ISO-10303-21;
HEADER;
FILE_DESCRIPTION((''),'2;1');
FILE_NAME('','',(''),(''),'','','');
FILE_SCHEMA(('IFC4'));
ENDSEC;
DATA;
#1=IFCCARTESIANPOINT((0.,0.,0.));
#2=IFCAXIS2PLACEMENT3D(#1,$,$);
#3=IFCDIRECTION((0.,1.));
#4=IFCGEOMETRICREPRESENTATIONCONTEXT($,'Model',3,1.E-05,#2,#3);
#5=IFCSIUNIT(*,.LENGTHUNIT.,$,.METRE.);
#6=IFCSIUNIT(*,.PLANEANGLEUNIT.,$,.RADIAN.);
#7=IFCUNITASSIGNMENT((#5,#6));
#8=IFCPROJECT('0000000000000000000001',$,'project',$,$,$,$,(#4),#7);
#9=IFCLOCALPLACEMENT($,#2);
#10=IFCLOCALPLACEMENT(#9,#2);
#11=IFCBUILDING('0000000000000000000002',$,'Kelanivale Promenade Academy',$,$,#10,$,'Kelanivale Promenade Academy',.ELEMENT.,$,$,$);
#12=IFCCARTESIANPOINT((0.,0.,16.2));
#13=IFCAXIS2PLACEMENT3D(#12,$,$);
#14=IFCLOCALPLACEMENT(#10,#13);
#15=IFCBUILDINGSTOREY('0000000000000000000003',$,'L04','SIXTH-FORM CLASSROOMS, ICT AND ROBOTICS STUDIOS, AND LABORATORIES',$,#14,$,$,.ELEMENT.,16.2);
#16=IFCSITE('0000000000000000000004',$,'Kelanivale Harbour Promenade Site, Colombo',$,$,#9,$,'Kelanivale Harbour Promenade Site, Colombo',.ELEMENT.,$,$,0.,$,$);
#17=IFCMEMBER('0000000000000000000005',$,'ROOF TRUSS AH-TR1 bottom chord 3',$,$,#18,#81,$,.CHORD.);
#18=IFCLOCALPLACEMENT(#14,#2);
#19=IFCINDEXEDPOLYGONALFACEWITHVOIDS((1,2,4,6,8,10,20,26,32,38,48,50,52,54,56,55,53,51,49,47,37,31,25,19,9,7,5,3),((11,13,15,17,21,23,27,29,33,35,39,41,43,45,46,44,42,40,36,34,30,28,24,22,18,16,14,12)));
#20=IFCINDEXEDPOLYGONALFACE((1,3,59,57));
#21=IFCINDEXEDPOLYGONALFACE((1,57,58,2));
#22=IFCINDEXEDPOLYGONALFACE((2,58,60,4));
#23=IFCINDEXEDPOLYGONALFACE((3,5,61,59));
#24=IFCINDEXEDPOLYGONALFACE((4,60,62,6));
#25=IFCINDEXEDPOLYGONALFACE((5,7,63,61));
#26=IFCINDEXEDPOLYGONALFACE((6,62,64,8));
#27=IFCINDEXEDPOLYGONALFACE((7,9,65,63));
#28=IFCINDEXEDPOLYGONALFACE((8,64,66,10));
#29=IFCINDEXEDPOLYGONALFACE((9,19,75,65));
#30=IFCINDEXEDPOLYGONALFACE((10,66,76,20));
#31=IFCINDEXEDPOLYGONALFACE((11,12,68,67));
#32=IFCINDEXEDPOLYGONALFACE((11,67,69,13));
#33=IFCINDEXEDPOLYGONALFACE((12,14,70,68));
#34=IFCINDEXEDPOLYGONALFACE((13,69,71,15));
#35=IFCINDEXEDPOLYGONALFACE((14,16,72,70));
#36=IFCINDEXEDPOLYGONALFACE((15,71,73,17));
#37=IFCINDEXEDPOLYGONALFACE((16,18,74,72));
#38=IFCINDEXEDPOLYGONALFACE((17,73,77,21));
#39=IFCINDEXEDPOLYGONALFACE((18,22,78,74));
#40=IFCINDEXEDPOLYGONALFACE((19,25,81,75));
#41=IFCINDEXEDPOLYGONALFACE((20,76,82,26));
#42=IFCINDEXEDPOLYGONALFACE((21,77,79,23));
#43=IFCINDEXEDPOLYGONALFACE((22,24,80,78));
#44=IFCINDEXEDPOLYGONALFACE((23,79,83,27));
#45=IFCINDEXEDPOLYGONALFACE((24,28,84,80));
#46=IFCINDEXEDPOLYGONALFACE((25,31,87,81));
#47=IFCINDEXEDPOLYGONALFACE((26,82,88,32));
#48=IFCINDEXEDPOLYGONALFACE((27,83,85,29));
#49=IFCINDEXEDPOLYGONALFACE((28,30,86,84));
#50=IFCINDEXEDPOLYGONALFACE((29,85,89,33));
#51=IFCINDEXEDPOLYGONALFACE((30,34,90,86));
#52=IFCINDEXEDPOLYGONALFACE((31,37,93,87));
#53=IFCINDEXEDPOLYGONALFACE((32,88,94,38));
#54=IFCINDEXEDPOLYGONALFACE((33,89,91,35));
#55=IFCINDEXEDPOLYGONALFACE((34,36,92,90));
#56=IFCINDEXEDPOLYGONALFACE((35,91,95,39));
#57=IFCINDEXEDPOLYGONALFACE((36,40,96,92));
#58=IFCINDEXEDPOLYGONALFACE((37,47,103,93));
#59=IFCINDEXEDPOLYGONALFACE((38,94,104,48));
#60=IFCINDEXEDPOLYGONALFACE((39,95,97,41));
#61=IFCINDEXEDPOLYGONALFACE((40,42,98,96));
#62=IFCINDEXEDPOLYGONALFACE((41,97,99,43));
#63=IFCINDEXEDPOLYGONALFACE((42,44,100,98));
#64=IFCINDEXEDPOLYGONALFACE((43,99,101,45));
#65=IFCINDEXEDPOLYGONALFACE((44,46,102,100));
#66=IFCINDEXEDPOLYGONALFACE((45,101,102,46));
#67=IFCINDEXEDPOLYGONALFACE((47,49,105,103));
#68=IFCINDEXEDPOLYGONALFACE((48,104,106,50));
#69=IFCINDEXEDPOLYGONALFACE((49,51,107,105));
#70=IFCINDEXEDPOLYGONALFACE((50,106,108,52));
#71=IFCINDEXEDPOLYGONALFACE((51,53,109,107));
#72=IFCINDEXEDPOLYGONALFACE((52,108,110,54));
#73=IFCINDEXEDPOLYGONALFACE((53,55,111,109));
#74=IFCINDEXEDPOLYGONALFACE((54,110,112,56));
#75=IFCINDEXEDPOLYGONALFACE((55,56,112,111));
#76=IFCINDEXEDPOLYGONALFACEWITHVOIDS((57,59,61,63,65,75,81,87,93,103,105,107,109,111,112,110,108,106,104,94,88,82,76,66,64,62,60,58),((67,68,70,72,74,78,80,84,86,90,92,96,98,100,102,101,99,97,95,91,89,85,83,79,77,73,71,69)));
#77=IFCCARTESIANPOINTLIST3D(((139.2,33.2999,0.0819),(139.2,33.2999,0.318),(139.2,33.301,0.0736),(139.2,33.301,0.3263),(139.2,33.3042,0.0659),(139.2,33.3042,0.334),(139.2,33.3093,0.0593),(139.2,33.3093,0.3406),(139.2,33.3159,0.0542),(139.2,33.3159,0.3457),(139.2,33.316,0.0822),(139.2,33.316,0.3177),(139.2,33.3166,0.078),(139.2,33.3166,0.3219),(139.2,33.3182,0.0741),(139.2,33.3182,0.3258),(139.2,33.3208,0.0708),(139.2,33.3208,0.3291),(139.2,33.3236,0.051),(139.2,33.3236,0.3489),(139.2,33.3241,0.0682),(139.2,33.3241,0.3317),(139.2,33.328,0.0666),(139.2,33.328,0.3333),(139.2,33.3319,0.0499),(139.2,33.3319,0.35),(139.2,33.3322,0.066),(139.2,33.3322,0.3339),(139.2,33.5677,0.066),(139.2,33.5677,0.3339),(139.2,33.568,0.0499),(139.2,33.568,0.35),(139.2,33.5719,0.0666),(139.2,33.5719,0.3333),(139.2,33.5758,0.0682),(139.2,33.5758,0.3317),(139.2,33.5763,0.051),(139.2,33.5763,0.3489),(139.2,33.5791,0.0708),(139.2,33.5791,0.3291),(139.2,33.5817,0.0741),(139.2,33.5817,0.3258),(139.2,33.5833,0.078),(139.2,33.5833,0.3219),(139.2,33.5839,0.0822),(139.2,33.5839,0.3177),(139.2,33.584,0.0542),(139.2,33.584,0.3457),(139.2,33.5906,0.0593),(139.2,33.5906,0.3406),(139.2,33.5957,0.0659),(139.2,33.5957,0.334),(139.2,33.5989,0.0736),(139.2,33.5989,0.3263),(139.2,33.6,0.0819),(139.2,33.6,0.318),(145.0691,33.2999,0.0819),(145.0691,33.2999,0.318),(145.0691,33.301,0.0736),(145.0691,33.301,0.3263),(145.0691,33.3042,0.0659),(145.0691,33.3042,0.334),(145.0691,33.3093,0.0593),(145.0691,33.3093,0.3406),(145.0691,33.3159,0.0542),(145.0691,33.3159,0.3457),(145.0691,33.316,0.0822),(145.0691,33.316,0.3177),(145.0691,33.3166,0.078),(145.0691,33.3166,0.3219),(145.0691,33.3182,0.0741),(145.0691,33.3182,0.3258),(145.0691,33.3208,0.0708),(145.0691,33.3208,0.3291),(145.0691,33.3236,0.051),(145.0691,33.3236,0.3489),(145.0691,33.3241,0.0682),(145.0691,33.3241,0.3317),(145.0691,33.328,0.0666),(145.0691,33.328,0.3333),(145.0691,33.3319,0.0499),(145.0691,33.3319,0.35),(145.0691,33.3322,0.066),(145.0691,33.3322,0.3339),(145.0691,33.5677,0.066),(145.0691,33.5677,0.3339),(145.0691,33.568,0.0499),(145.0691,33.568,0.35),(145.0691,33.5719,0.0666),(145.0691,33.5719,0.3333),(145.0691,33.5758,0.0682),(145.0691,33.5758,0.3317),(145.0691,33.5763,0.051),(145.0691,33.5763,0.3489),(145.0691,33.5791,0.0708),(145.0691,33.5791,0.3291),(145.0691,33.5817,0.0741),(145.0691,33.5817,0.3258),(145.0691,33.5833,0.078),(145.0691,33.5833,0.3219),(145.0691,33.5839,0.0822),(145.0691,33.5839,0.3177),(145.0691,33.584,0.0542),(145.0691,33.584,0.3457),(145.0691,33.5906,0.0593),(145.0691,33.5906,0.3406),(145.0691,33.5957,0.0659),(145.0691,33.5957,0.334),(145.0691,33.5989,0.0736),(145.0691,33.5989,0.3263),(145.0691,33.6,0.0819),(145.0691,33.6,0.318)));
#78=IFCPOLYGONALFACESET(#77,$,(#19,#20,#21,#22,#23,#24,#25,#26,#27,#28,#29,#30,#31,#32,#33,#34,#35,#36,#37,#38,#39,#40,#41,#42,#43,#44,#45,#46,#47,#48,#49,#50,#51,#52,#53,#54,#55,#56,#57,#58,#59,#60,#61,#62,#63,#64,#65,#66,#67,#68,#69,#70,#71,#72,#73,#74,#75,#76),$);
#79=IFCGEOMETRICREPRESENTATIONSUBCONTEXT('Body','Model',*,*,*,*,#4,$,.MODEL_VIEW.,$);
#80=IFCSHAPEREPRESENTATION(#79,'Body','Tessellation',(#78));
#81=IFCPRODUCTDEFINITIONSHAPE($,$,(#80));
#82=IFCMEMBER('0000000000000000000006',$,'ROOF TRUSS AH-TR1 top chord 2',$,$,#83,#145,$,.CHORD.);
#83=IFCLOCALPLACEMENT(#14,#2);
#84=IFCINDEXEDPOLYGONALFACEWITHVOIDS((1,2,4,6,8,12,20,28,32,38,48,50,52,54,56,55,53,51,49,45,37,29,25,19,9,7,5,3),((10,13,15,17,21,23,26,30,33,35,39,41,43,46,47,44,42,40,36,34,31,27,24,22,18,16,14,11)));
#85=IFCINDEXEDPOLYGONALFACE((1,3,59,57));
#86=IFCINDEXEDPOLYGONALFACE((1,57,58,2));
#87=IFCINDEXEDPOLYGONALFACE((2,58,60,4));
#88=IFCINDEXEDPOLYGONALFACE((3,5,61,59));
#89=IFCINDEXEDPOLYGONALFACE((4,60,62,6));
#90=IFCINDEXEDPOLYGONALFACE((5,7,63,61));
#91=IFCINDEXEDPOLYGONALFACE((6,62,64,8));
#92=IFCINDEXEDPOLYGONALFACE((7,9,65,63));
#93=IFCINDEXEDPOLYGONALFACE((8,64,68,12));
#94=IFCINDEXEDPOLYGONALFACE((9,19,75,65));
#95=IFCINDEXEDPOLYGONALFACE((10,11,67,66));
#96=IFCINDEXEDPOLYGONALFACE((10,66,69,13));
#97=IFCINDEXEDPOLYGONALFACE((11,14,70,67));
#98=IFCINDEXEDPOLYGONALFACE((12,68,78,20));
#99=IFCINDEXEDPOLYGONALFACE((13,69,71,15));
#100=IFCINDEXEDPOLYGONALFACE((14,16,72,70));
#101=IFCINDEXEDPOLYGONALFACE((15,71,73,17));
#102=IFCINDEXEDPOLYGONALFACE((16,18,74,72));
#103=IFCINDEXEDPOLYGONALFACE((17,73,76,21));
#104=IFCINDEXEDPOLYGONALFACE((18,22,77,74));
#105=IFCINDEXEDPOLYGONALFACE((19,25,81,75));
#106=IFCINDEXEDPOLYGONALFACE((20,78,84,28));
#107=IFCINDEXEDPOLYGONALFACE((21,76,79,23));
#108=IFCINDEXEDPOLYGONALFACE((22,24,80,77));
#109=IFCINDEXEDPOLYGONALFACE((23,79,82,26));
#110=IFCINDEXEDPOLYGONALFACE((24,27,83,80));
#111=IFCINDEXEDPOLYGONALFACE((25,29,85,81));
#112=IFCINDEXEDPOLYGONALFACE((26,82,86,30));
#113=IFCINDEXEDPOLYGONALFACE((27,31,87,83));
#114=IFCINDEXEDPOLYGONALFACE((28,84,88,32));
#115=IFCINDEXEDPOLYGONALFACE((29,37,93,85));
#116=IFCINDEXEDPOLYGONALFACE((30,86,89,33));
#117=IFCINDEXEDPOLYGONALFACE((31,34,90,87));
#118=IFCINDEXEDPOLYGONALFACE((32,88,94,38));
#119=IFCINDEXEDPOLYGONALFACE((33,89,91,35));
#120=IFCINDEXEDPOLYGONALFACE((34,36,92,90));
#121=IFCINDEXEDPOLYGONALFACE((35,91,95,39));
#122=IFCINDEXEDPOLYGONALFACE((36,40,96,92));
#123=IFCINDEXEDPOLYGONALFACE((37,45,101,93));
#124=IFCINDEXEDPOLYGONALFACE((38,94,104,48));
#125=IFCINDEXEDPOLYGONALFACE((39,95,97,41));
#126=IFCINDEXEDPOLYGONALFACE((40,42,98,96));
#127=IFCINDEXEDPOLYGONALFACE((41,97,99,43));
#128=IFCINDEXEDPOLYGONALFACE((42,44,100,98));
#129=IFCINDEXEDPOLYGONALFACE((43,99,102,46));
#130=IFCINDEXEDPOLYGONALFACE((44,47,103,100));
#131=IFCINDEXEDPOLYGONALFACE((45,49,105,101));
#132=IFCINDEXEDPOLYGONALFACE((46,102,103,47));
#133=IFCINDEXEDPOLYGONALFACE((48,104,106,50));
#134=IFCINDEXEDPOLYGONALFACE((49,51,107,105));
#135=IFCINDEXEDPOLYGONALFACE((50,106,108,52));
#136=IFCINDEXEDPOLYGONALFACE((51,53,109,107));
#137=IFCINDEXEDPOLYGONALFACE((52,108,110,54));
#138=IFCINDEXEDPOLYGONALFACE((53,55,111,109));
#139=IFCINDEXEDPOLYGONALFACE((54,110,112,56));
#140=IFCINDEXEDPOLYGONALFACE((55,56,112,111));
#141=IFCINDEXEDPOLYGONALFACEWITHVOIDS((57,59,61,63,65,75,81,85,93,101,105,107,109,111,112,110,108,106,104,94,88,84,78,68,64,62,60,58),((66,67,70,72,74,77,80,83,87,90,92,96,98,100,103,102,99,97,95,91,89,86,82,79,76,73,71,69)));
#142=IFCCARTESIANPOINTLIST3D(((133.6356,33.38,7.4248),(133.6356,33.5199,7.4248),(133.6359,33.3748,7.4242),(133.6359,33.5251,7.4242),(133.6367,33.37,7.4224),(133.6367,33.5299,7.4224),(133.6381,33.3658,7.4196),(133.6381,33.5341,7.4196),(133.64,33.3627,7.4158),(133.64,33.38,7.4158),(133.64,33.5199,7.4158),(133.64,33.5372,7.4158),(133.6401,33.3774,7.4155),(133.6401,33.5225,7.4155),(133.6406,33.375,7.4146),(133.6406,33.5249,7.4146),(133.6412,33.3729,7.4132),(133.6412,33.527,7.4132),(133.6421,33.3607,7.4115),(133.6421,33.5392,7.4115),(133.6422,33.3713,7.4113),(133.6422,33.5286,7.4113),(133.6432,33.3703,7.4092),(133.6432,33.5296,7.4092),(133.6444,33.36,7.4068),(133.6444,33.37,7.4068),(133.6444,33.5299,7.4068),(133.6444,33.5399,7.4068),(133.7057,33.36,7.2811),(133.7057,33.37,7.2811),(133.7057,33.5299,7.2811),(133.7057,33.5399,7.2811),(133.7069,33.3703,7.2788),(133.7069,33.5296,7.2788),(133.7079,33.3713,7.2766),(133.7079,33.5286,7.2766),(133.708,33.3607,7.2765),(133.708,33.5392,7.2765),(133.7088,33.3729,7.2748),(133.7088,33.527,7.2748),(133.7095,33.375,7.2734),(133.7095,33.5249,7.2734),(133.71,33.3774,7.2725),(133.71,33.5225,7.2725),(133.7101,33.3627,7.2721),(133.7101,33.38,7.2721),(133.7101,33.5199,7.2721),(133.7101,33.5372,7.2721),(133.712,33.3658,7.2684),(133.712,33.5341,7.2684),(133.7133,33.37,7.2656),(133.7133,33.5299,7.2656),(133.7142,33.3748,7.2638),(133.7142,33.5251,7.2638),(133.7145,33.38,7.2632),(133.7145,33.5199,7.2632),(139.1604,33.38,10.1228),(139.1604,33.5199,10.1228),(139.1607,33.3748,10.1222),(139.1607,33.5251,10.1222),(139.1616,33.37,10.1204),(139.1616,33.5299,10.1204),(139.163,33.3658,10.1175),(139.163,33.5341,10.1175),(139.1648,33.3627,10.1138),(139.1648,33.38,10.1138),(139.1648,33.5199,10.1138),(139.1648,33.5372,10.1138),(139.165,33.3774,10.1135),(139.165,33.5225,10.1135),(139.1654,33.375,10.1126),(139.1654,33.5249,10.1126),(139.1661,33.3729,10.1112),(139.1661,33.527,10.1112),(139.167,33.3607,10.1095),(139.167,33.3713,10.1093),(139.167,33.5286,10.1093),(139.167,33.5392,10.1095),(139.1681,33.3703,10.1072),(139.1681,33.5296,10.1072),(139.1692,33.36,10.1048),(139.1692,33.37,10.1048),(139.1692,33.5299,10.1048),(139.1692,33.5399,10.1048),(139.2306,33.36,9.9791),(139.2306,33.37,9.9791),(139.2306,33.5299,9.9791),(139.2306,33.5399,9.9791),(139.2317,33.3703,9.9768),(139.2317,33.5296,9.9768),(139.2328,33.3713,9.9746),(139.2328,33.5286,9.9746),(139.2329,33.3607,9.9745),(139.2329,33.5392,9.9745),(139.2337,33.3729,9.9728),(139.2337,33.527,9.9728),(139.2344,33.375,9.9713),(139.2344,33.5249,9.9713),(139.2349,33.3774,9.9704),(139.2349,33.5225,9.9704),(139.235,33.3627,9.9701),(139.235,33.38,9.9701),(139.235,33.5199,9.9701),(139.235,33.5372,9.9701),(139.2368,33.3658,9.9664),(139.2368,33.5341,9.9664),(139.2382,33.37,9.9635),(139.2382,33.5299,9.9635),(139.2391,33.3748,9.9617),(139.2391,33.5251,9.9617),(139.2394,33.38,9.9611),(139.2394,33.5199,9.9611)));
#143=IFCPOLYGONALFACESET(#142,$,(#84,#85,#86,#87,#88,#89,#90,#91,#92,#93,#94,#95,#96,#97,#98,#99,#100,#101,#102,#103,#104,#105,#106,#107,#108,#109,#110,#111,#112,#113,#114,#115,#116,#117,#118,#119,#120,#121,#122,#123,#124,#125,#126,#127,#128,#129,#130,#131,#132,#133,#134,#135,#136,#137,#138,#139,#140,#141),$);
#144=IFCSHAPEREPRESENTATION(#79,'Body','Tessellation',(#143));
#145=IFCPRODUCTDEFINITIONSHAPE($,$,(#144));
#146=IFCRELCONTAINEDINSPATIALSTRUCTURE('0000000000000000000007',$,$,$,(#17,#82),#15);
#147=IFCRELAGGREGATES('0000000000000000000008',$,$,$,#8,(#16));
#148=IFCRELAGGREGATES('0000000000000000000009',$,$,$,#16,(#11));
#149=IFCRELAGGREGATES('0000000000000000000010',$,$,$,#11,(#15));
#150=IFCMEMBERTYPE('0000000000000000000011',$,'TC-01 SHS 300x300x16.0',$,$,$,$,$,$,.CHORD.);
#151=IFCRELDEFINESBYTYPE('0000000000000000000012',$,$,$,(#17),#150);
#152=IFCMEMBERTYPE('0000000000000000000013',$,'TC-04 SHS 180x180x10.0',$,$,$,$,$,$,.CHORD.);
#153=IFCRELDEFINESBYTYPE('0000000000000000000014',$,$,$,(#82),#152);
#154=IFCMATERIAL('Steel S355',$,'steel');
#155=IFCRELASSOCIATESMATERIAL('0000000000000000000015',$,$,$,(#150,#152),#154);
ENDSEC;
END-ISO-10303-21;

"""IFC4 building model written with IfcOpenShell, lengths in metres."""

from ifc_helpers import new_model, si_unit, direction, frame, origin, origin_2d, place, context, subcontext, project, spatial, hollow_rectangle, extrude, material, material_profile, profile_set, type_object, element, save


model = new_model("IFC4")

# Units and contexts
model_context = context("Model", 3, precision=1e-05, world=origin(), true_north=direction((0.0, 1.0)))
body_context = subcontext(model_context, "Body", "Model", "MODEL_VIEW")
ifc_project = project(units=[si_unit("LENGTHUNIT", "METRE"), si_unit("PLANEANGLEUNIT", "RADIAN")], contexts=[model_context])

# Site, building, storey
site_placement = place(None, origin())
site = spatial("IfcSite", under=ifc_project, at=site_placement, Name="Kelanivale Harbour Promenade Site, Colombo", LongName="Kelanivale Harbour Promenade Site, Colombo", CompositionType="ELEMENT", RefElevation=0.0)
building_placement = place(site_placement, origin())
building = spatial("IfcBuilding", under=site, at=building_placement, Name="Kelanivale Promenade Academy", LongName="Kelanivale Promenade Academy", CompositionType="ELEMENT")
storey_placement = place(building_placement, frame((0.0, 0.0, 16.2)))
storey = spatial("IfcBuildingStorey", under=building, at=storey_placement, Name="L04", Description="SIXTH-FORM CLASSROOMS, ICT AND ROBOTICS STUDIOS, AND LABORATORIES", CompositionType="ELEMENT", Elevation=16.2)

# Members
ifc_material_1 = material(Name="Steel S355", Category="steel")
ifc_material_profile_1 = material_profile(ifc_material_1, hollow_rectangle(XDim=0.3, YDim=0.3, WallThickness=0.0161, InnerFilletRadius=0.0161, OuterFilletRadius=0.032, at=origin_2d()), Name="SHS 300x300x16.0")
ifc_profile_set_1 = profile_set([ifc_material_profile_1], Name="Steel S355")
member_type_1 = type_object("IfcMemberType", Name="TC-01 SHS 300x300x16.0", PredefinedType="CHORD", material=ifc_profile_set_1)
member_1_placement = place(storey_placement, frame((139.2, 33.45, 0.2), z_axis=(1.0, 0.0, 0.0), x_axis=(0.0, 1.0, 0.0)))
element("IfcMember", 1, at=member_1_placement, inside=storey, type_object=member_type_1, Name="ROOF TRUSS AH-TR1 bottom chord 3", PredefinedType="CHORD", context=body_context, shape_type="SweptSolid", body=[
    extrude(hollow_rectangle(XDim=0.3, YDim=0.3, WallThickness=0.0161, InnerFilletRadius=0.0161, OuterFilletRadius=0.032, at=origin_2d()), origin(), (0.0, 0.0, 1.0), 5.8691),
])
ifc_material_profile_2 = material_profile(ifc_material_1, hollow_rectangle(XDim=0.1799, YDim=0.1799, WallThickness=0.01, InnerFilletRadius=0.01, OuterFilletRadius=0.02, at=origin_2d()), Name="SHS 180x180x10.0")
ifc_profile_set_2 = profile_set([ifc_material_profile_2], Name="Steel S355")
member_type_2 = type_object("IfcMemberType", Name="TC-04 SHS 180x180x10.0", PredefinedType="CHORD", material=ifc_profile_set_2)
member_2_placement = place(storey_placement, frame((133.675, 33.45, 7.344), z_axis=(0.898581, 0.0, 0.438808), x_axis=(0.0, 1.0, 0.0)))
element("IfcMember", 2, at=member_2_placement, inside=storey, type_object=member_type_2, Name="ROOF TRUSS AH-TR1 top chord 2", PredefinedType="CHORD", context=body_context, shape_type="SweptSolid", body=[
    extrude(hollow_rectangle(XDim=0.1799, YDim=0.1799, WallThickness=0.01, InnerFilletRadius=0.01, OuterFilletRadius=0.02, at=origin_2d()), origin(), (0.0, 0.0, 1.0), 6.1484),
])

save(model, "model.ifc")
